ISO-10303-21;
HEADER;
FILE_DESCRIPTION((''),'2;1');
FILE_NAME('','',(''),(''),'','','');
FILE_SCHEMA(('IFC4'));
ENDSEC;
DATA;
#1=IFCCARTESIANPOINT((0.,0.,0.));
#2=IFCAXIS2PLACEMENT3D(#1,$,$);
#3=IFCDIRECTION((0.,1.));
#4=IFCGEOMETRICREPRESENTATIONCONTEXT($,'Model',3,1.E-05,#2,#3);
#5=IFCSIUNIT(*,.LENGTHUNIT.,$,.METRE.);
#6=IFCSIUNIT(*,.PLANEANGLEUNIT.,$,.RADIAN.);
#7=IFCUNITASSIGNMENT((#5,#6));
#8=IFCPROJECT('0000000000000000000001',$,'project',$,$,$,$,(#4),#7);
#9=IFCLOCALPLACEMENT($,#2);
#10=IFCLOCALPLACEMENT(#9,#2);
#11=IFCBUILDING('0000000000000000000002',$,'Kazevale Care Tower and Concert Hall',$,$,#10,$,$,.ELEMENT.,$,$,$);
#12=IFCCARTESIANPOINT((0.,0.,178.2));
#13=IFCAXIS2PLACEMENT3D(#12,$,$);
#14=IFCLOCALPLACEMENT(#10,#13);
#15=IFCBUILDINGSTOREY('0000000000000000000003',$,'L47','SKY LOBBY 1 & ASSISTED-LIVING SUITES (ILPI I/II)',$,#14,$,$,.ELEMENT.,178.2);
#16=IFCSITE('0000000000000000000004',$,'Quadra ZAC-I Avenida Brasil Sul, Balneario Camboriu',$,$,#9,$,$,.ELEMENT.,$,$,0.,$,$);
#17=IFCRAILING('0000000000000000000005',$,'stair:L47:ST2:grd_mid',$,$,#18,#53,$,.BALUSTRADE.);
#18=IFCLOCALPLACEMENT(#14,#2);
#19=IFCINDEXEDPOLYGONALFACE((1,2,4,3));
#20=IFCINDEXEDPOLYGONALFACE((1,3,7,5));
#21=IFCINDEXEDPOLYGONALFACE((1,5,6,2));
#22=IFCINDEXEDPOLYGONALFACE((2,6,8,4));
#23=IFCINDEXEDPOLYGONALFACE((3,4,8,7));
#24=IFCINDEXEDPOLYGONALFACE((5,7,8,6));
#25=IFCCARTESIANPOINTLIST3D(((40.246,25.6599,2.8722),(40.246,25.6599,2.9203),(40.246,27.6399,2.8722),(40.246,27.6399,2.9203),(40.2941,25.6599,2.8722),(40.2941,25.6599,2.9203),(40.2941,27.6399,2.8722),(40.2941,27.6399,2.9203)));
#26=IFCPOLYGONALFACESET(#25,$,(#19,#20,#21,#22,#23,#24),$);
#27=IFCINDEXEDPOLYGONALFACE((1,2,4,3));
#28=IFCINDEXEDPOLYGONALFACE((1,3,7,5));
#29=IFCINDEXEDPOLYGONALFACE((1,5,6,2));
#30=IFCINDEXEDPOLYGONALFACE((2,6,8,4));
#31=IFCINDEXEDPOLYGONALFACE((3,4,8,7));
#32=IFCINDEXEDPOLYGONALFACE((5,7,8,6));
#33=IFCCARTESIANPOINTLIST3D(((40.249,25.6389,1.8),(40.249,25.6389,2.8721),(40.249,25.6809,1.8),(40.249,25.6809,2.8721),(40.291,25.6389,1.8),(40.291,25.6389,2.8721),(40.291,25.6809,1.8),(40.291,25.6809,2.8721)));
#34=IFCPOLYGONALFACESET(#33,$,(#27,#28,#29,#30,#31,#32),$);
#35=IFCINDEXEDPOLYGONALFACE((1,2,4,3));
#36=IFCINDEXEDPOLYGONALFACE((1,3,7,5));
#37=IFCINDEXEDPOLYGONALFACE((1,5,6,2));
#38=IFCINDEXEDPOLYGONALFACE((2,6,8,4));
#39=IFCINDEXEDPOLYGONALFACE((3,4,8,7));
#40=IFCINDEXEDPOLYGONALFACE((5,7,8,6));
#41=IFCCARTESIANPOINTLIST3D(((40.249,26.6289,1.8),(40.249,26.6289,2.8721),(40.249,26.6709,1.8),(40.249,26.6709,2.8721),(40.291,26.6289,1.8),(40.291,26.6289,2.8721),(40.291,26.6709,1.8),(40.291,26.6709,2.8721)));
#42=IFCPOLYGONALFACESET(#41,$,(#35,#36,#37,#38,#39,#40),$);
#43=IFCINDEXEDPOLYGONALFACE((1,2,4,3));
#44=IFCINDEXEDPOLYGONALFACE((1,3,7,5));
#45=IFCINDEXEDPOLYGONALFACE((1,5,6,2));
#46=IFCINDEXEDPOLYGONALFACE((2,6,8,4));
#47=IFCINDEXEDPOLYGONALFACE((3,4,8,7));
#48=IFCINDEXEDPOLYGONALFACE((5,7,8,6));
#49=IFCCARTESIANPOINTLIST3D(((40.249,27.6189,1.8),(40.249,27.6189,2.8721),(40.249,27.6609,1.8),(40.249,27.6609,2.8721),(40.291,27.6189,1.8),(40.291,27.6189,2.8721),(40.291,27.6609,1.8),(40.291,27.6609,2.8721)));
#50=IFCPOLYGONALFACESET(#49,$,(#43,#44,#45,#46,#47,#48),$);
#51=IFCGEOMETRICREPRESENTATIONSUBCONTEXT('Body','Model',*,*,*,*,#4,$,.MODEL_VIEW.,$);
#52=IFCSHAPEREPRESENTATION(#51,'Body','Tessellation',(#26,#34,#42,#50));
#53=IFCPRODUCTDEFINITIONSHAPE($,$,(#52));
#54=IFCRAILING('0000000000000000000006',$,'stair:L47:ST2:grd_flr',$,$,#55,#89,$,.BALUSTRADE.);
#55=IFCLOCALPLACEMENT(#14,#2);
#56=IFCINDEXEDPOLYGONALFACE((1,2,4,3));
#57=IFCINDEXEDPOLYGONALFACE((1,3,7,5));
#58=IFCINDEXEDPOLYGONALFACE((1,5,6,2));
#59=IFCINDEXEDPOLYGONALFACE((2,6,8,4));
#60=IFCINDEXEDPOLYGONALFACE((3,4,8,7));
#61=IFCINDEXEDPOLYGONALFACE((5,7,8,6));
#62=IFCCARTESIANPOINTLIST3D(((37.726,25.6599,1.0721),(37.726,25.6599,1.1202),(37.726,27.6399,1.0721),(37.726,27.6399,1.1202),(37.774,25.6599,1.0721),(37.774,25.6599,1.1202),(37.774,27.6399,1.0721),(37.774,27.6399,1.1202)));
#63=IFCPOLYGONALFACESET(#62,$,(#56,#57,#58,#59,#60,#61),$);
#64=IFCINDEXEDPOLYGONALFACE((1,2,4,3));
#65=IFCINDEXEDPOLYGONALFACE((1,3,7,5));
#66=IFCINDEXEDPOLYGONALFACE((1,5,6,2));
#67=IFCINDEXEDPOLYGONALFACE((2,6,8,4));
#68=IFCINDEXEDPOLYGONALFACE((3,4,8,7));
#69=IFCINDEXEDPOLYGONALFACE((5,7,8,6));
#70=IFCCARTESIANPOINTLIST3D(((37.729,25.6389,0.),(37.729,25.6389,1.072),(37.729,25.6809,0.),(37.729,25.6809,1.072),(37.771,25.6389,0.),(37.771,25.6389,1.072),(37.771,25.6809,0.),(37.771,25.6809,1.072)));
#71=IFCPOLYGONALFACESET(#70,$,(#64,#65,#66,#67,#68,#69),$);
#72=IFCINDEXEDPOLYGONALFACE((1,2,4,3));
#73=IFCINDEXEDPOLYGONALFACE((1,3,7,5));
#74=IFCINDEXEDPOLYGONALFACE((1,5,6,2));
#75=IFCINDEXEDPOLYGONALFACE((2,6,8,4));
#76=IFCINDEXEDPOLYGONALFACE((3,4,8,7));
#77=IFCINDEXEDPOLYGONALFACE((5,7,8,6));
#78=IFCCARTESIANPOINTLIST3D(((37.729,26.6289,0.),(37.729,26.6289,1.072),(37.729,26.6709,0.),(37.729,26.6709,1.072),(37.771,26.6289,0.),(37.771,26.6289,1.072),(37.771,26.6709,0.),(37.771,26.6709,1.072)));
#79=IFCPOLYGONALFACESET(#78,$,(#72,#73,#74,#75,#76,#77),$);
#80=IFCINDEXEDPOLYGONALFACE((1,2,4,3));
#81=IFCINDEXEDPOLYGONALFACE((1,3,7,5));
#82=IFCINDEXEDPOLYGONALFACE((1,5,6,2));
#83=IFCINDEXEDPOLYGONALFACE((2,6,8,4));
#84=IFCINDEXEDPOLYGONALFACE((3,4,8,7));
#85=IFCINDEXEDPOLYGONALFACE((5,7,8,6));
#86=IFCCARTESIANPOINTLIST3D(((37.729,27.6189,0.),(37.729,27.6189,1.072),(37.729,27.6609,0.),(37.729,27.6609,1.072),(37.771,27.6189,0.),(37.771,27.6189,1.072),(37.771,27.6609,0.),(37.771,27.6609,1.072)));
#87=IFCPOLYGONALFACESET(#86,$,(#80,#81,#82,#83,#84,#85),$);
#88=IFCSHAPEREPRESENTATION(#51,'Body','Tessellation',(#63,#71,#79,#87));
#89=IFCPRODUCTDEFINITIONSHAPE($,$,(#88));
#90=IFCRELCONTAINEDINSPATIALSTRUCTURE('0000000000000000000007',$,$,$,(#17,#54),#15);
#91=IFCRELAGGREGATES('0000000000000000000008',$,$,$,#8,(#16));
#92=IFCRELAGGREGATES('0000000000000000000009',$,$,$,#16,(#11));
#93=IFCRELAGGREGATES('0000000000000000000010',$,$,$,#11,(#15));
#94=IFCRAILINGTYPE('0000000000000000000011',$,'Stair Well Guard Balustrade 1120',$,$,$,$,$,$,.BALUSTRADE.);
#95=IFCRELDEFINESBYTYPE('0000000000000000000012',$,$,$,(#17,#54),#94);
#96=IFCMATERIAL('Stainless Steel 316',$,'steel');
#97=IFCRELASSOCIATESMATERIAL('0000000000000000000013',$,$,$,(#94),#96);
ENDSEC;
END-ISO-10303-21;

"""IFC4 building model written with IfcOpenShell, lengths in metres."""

from ifc_helpers import new_model, si_unit, direction, frame, origin, origin_2d, place, context, subcontext, project, spatial, rectangle, extrude, material, type_object, element, save


model = new_model("IFC4")

# Units and contexts
model_context = context("Model", 3, precision=1e-05, world=origin(), true_north=direction((0.0, 1.0)))
body_context = subcontext(model_context, "Body", "Model", "MODEL_VIEW")
ifc_project = project(units=[si_unit("LENGTHUNIT", "METRE"), si_unit("PLANEANGLEUNIT", "RADIAN")], contexts=[model_context])

# Site, building, storey
site_placement = place(None, origin())
site = spatial("IfcSite", under=ifc_project, at=site_placement, Name="Quadra ZAC-I Avenida Brasil Sul, Balneario Camboriu", CompositionType="ELEMENT", RefElevation=0.0)
building_placement = place(site_placement, origin())
building = spatial("IfcBuilding", under=site, at=building_placement, Name="Kazevale Care Tower and Concert Hall", CompositionType="ELEMENT")
storey_placement = place(building_placement, frame((0.0, 0.0, 178.2)))
storey = spatial("IfcBuildingStorey", under=building, at=storey_placement, Name="L47", Description="SKY LOBBY 1 & ASSISTED-LIVING SUITES (ILPI I/II)", CompositionType="ELEMENT", Elevation=178.2)

# Railings
ifc_material_1 = material(Name="Stainless Steel 316", Category="steel")
railing_type_1 = type_object("IfcRailingType", Name="Stair Well Guard Balustrade 1120", PredefinedType="BALUSTRADE", material=ifc_material_1)
for number, where, name in (
    (1, (40.27, 25.6599, 1.8), "stair:L47:ST2:grd_mid"),
    (2, (37.75, 25.6599, 0.0), "stair:L47:ST2:grd_flr"),
):
    element("IfcRailing", number, at=place(storey_placement, frame(where)), inside=storey, type_object=railing_type_1, Name=name, PredefinedType="BALUSTRADE", context=body_context, shape_type="SweptSolid", body=[
        extrude(rectangle(XDim=0.0481, YDim=0.0481, at=origin_2d()), frame((0.0, 0.0, 1.0962), z_axis=(0.0, 1.0, 0.0), x_axis=(-1.0, 0.0, 0.0)), (0.0, 0.0, 1.0), 1.98),
        extrude(rectangle(XDim=0.042, YDim=0.042, at=origin_2d()), origin(), (0.0, 0.0, 1.0), 1.072),
        extrude(rectangle(XDim=0.042, YDim=0.042, at=origin_2d()), frame((0.0, 0.99, 0.0)), (0.0, 0.0, 1.0), 1.072),
        extrude(rectangle(XDim=0.042, YDim=0.042, at=origin_2d()), frame((0.0, 1.98, 0.0)), (0.0, 0.0, 1.0), 1.072),
    ])

save(model, "model.ifc")
